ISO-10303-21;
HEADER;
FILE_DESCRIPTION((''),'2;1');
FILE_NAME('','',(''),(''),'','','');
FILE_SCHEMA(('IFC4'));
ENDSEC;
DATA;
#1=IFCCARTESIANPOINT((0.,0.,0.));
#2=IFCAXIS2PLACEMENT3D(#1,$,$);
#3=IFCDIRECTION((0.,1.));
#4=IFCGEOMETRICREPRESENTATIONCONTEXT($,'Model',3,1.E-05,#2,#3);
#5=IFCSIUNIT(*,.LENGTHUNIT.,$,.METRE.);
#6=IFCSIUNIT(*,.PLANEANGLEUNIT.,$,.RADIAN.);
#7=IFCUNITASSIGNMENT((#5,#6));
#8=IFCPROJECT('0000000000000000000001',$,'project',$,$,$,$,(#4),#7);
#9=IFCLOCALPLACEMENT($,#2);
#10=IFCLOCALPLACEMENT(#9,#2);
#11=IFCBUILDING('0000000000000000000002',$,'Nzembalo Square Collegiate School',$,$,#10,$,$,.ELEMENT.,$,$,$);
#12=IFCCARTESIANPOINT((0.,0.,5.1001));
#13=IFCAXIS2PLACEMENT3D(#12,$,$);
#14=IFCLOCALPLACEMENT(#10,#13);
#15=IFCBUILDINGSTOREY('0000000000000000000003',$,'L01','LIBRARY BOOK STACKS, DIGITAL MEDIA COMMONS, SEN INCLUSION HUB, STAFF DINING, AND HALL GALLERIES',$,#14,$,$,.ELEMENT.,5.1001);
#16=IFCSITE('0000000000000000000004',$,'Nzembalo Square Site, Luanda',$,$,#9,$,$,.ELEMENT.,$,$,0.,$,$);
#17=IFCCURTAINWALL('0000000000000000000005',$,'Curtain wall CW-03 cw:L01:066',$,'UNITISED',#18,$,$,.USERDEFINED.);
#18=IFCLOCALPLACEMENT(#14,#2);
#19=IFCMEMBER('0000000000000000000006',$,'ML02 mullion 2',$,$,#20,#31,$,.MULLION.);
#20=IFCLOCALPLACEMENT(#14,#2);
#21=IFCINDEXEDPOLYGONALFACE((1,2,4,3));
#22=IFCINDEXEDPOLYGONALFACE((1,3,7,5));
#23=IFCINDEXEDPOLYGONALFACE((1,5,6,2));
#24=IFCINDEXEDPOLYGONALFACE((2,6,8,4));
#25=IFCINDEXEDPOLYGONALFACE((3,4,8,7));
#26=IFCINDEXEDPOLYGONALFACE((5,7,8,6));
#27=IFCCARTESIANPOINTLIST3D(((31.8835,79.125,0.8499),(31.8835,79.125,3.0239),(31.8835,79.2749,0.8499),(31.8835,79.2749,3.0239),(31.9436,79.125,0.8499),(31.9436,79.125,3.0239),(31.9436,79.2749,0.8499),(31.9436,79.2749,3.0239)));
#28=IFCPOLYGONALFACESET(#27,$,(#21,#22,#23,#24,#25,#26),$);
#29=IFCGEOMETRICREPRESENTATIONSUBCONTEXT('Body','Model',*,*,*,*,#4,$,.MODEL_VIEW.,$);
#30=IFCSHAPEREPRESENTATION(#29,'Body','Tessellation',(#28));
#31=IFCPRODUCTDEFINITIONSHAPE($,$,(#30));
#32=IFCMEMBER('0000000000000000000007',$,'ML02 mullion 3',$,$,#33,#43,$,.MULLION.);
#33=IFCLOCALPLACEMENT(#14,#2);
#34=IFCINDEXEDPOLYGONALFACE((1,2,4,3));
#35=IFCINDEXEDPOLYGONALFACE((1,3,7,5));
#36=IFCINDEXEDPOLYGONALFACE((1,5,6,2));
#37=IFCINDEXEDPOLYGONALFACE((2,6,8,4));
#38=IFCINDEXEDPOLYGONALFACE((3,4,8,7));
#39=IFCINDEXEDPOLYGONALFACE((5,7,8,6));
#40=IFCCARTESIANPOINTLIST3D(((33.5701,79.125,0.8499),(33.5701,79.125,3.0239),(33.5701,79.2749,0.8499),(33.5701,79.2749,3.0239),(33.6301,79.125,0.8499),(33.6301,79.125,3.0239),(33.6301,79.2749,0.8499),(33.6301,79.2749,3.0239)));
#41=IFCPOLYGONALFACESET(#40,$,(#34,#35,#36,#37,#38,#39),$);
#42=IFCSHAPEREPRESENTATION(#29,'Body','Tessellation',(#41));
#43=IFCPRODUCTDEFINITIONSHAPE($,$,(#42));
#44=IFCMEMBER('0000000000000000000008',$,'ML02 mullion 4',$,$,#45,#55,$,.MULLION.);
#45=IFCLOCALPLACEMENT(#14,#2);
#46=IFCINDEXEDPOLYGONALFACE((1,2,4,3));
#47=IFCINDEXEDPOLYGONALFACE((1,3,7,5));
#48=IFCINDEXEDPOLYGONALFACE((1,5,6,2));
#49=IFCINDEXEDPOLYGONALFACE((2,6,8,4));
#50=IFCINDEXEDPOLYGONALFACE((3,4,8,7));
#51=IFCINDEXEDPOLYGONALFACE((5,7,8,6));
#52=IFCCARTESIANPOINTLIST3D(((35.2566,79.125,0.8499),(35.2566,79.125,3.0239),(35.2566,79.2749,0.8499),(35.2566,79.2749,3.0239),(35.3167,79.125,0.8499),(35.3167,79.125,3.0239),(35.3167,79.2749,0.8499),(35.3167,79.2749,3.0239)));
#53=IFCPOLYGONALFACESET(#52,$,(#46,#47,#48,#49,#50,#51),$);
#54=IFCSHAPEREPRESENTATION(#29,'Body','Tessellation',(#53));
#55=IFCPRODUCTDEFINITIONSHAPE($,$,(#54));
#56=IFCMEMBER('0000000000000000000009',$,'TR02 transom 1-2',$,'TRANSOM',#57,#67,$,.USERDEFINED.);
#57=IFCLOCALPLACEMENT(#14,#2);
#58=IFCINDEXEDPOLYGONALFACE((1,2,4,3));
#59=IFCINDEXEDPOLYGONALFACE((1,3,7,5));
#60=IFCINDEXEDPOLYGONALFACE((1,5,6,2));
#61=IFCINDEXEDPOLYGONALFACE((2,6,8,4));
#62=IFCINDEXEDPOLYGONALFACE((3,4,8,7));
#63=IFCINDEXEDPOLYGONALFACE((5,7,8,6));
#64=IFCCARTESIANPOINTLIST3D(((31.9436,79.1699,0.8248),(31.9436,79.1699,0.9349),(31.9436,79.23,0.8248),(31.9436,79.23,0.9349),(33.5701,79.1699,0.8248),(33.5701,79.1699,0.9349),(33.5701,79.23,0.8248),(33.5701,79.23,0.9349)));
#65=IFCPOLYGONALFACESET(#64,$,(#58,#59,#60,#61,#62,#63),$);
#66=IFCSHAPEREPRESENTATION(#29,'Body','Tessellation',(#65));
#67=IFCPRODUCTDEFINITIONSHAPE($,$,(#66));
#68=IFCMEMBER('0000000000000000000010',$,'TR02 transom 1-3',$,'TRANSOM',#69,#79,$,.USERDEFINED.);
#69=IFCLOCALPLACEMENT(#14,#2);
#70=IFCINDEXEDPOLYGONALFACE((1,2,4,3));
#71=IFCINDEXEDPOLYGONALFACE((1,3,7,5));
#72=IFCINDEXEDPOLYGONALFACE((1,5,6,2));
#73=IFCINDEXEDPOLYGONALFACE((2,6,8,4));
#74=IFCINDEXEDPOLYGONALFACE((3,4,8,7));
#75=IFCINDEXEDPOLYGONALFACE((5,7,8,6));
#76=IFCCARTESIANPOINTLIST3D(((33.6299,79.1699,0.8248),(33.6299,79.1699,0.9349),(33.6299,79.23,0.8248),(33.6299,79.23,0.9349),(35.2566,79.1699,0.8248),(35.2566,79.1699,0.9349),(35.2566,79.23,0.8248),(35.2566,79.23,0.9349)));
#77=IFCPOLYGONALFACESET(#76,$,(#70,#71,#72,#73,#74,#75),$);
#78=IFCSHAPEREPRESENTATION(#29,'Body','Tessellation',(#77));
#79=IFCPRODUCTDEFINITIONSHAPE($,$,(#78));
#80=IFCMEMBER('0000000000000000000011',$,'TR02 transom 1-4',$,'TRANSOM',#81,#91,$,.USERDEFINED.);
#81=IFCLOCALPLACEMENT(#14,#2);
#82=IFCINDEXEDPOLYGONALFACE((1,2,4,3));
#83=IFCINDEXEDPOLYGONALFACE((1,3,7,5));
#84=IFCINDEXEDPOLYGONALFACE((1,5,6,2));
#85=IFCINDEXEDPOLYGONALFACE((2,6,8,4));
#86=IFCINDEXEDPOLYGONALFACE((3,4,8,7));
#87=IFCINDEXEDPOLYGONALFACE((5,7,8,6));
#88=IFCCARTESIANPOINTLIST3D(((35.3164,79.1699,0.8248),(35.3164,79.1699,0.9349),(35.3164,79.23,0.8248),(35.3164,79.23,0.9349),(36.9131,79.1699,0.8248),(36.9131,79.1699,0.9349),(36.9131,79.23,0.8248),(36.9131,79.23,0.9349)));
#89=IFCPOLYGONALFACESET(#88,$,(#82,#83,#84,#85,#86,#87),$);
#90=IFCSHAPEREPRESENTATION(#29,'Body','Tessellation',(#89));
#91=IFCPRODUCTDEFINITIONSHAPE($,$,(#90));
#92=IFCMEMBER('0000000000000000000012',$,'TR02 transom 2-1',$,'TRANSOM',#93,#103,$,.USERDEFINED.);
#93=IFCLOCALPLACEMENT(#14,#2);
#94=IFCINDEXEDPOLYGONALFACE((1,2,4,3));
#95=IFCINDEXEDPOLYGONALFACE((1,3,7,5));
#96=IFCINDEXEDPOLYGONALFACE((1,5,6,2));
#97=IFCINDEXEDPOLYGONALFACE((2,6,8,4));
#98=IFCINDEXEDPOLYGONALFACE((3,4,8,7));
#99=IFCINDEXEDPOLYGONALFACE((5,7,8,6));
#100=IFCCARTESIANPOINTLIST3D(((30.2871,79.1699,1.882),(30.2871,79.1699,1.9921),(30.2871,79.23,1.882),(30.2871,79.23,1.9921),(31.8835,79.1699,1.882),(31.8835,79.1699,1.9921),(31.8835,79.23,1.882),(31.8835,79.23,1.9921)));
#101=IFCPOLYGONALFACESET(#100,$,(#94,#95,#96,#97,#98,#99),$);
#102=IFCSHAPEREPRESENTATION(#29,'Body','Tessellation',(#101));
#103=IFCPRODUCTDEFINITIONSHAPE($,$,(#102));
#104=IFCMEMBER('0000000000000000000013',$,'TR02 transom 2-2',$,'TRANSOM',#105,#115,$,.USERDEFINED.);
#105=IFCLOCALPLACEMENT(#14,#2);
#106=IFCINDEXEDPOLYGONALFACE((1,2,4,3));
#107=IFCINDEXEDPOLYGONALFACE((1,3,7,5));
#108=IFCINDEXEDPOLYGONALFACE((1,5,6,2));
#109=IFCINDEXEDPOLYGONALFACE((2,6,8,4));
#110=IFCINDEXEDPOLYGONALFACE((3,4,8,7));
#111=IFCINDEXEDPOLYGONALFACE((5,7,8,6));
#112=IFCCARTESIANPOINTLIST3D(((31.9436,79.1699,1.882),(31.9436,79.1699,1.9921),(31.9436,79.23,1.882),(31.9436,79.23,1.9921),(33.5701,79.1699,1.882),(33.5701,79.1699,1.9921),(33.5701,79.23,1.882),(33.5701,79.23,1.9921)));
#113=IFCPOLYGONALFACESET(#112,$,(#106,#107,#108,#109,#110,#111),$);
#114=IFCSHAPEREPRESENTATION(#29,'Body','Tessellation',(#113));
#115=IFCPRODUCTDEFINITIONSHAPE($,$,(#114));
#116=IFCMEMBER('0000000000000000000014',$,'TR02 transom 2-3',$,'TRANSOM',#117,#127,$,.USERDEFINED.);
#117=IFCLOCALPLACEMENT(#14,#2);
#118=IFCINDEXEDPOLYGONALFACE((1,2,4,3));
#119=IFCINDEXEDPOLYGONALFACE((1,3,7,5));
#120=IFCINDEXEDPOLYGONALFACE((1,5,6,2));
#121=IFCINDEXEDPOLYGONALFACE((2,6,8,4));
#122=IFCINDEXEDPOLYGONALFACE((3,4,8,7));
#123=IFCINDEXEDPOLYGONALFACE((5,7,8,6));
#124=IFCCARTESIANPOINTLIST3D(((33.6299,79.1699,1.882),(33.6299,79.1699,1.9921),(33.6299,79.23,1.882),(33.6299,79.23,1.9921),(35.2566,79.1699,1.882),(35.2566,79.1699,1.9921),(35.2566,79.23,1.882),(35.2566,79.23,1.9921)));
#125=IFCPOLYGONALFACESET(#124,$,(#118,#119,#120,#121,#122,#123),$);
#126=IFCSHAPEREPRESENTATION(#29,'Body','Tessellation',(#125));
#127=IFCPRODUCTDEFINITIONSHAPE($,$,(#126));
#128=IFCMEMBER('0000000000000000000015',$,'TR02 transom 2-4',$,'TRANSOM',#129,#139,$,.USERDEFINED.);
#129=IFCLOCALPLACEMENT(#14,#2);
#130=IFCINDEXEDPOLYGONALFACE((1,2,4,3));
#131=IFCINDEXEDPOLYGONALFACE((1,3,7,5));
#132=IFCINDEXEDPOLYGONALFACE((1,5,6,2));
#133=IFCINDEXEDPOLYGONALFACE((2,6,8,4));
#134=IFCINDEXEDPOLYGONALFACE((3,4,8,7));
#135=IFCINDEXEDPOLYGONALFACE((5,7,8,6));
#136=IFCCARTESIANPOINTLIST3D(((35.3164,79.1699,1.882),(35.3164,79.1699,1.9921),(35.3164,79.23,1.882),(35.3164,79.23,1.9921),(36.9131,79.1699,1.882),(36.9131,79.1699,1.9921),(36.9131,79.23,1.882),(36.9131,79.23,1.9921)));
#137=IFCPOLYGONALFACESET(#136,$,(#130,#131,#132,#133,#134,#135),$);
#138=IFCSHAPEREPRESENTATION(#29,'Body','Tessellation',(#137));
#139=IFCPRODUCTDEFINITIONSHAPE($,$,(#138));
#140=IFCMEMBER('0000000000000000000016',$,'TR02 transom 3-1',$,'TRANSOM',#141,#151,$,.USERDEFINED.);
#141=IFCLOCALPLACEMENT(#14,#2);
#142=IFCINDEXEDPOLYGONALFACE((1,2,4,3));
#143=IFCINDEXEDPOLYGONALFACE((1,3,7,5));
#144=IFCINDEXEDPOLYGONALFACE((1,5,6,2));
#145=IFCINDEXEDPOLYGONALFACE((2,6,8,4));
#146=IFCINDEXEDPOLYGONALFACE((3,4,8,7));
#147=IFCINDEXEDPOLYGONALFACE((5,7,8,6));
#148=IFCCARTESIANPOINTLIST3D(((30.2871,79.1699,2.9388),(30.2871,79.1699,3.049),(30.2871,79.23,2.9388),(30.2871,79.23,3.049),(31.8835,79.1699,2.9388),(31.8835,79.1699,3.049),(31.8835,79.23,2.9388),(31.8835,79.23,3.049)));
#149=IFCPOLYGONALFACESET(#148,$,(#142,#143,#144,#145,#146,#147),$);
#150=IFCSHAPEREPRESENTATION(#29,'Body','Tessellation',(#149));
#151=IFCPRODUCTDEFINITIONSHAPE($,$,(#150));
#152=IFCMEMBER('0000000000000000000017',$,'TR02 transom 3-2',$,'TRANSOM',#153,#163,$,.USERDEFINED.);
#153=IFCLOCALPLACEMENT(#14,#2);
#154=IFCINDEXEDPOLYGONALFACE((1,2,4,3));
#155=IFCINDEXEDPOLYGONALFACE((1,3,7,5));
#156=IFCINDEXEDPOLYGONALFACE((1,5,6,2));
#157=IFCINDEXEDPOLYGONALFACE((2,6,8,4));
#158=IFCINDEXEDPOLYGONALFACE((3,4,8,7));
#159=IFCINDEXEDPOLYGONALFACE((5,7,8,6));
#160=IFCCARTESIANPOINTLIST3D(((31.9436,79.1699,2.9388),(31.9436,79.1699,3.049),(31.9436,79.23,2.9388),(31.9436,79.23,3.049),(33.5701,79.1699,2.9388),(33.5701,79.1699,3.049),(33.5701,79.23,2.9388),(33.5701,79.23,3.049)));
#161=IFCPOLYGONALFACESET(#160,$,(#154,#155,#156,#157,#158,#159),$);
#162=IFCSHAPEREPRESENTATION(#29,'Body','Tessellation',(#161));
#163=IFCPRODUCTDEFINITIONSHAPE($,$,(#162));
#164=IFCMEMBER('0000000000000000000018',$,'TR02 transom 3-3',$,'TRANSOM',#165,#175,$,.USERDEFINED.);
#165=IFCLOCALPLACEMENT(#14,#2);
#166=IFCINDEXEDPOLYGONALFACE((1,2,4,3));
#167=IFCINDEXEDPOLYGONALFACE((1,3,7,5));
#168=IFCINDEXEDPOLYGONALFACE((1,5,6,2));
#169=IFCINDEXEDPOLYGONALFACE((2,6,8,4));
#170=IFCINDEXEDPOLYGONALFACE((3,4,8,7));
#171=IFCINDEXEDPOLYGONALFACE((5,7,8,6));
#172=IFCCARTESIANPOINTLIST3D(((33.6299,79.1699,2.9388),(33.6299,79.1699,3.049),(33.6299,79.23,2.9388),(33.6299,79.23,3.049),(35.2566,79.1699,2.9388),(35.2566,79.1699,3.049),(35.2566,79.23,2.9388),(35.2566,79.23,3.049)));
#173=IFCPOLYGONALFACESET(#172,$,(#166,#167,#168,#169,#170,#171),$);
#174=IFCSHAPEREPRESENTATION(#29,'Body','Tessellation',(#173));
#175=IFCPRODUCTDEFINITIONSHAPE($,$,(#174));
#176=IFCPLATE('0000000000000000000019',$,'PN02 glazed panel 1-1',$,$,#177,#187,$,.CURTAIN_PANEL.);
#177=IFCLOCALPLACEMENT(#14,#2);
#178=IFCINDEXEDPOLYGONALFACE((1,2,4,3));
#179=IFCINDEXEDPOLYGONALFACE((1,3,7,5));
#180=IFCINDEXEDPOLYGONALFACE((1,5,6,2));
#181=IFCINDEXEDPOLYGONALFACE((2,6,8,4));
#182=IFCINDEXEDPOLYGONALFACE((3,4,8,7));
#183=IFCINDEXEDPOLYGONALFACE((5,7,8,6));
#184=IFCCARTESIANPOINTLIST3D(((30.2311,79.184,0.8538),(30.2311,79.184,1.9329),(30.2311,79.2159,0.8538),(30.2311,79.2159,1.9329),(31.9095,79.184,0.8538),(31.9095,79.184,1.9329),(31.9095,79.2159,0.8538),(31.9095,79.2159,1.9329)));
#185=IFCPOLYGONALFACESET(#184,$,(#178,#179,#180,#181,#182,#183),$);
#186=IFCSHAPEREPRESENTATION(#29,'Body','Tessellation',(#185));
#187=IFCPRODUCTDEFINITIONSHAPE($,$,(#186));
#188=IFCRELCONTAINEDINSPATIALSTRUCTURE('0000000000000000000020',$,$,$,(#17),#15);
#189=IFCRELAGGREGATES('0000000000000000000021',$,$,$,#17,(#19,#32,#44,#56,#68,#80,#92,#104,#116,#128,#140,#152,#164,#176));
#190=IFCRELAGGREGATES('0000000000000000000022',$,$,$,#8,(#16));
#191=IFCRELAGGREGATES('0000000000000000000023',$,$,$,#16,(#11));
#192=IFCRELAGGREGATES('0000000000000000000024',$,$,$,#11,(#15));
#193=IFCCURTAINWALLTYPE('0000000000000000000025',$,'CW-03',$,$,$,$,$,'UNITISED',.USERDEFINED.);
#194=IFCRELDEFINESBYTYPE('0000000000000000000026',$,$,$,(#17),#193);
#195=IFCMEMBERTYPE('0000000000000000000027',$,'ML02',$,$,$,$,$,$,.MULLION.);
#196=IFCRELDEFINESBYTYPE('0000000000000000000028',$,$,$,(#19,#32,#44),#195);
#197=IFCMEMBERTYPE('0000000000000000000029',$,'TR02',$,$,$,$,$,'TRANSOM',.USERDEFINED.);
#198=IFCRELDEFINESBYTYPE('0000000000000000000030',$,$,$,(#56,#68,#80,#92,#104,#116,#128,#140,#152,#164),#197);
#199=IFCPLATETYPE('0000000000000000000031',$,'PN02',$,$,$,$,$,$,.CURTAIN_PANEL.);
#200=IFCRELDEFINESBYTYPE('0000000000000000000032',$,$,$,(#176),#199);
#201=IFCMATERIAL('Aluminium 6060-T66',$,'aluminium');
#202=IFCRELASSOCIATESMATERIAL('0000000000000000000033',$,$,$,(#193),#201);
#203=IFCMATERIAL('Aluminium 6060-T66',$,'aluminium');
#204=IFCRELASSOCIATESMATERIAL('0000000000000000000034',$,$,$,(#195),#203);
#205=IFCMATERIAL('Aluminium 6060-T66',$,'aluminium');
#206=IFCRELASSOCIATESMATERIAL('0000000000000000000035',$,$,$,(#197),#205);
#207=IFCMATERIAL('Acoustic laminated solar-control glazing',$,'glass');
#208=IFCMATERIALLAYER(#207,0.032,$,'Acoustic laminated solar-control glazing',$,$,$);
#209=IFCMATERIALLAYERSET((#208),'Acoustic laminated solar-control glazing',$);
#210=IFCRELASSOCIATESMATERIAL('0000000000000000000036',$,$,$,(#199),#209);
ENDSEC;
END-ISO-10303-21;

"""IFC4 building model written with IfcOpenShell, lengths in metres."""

from ifc_helpers import new_model, si_unit, direction, frame, origin, origin_2d, place, context, subcontext, project, spatial, rectangle, extrude, material, layer, layer_set, material_profile, profile_set, type_object, element, aggregate, save


model = new_model("IFC4")

# Units and contexts
model_context = context("Model", 3, precision=1e-05, world=origin(), true_north=direction((0.0, 1.0)))
body_context = subcontext(model_context, "Body", "Model", "MODEL_VIEW")
ifc_project = project(units=[si_unit("LENGTHUNIT", "METRE"), si_unit("PLANEANGLEUNIT", "RADIAN")], contexts=[model_context])

# Site, building, storey
site_placement = place(None, origin())
site = spatial("IfcSite", under=ifc_project, at=site_placement, Name="Nzembalo Square Site, Luanda", CompositionType="ELEMENT", RefElevation=0.0)
building_placement = place(site_placement, origin())
building = spatial("IfcBuilding", under=site, at=building_placement, Name="Nzembalo Square Collegiate School", CompositionType="ELEMENT")
storey_placement = place(building_placement, frame((0.0, 0.0, 5.1001)))
storey = spatial("IfcBuildingStorey", under=building, at=storey_placement, Name="L01", Description="LIBRARY BOOK STACKS, DIGITAL MEDIA COMMONS, SEN INCLUSION HUB, STAFF DINING, AND HALL GALLERIES", CompositionType="ELEMENT", Elevation=5.1001)

# Curtain wall, members, plate
ifc_material_1 = material(Name="Aluminium 6060-T66", Category="aluminium")
curtain_wall_type = type_object("IfcCurtainWallType", Name="CW-03", ElementType="UNITISED", PredefinedType="USERDEFINED", material=ifc_material_1)
curtain_wall_placement = place(storey_placement, origin())
curtain_wall = element("IfcCurtainWall", 1, at=curtain_wall_placement, inside=storey, type_object=curtain_wall_type, Name="Curtain wall CW-03 cw:L01:066", ObjectType="UNITISED", PredefinedType="USERDEFINED")
ifc_material_2 = material(Name="Aluminium 6060-T66", Category="aluminium")
ifc_material_profile_1 = material_profile(ifc_material_2, rectangle(XDim=0.0601, YDim=0.1499, at=origin_2d()), Name="ALU M60x150")
ifc_profile_set_1 = profile_set([ifc_material_profile_1], Name="Aluminium 6060-T66")
member_type_1 = type_object("IfcMemberType", Name="ML02", PredefinedType="MULLION", material=ifc_profile_set_1)
member_1_placement = place(storey_placement, frame((31.9136, 79.2, 0.8499), z_axis=(0.0, 0.0, 1.0), x_axis=(1.0, 0.0, 0.0)))
member_1 = element("IfcMember", 2, at=member_1_placement, type_object=member_type_1, Name="ML02 mullion 2", PredefinedType="MULLION", context=body_context, shape_type="SweptSolid", body=[
    extrude(rectangle(XDim=0.0601, YDim=0.1499, at=origin_2d()), origin(), (0.0, 0.0, 1.0), 2.1741),
])
member_2_placement = place(storey_placement, frame((33.6001, 79.2, 0.8499), z_axis=(0.0, 0.0, 1.0), x_axis=(1.0, 0.0, 0.0)))
member_2 = element("IfcMember", 3, at=member_2_placement, type_object=member_type_1, Name="ML02 mullion 3", PredefinedType="MULLION", context=body_context, shape_type="SweptSolid", body=[
    extrude(rectangle(XDim=0.0601, YDim=0.1499, at=origin_2d()), origin(), (0.0, 0.0, 1.0), 2.1741),
])
member_3_placement = place(storey_placement, frame((35.2866, 79.2, 0.8499), z_axis=(0.0, 0.0, 1.0), x_axis=(1.0, 0.0, 0.0)))
member_3 = element("IfcMember", 4, at=member_3_placement, type_object=member_type_1, Name="ML02 mullion 4", PredefinedType="MULLION", context=body_context, shape_type="SweptSolid", body=[
    extrude(rectangle(XDim=0.0601, YDim=0.1499, at=origin_2d()), origin(), (0.0, 0.0, 1.0), 2.1741),
])
ifc_material_3 = material(Name="Aluminium 6060-T66", Category="aluminium")
ifc_material_profile_2 = material_profile(ifc_material_3, rectangle(XDim=0.0601, YDim=0.1101, at=origin_2d()), Name="ALU T60x110")
ifc_profile_set_2 = profile_set([ifc_material_profile_2], Name="Aluminium 6060-T66")
member_type_2 = type_object("IfcMemberType", Name="TR02", ElementType="TRANSOM", PredefinedType="USERDEFINED", material=ifc_profile_set_2)
member_4_placement = place(storey_placement, frame((31.9436, 79.2, 0.8799), z_axis=(1.0, 0.0, 0.0), x_axis=(0.0, 1.0, 0.0)))
member_4 = element("IfcMember", 5, at=member_4_placement, type_object=member_type_2, Name="TR02 transom 1-2", ObjectType="TRANSOM", PredefinedType="USERDEFINED", context=body_context, shape_type="SweptSolid", body=[
    extrude(rectangle(XDim=0.0601, YDim=0.1101, at=origin_2d()), origin(), (0.0, 0.0, 1.0), 1.6265),
])
member_5_placement = place(storey_placement, frame((33.6299, 79.2, 0.8799), z_axis=(1.0, 0.0, 0.0), x_axis=(0.0, 1.0, 0.0)))
member_5 = element("IfcMember", 6, at=member_5_placement, type_object=member_type_2, Name="TR02 transom 1-3", ObjectType="TRANSOM", PredefinedType="USERDEFINED", context=body_context, shape_type="SweptSolid", body=[
    extrude(rectangle(XDim=0.0601, YDim=0.1101, at=origin_2d()), origin(), (0.0, 0.0, 1.0), 1.6267),
])
member_6_placement = place(storey_placement, frame((35.3164, 79.2, 0.8799), z_axis=(1.0, 0.0, 0.0), x_axis=(0.0, 1.0, 0.0)))
member_6 = element("IfcMember", 7, at=member_6_placement, type_object=member_type_2, Name="TR02 transom 1-4", ObjectType="TRANSOM", PredefinedType="USERDEFINED", context=body_context, shape_type="SweptSolid", body=[
    extrude(rectangle(XDim=0.0601, YDim=0.1101, at=origin_2d()), origin(), (0.0, 0.0, 1.0), 1.5967),
])
member_7_placement = place(storey_placement, frame((30.2871, 79.2, 1.937), z_axis=(1.0, 0.0, 0.0), x_axis=(0.0, 1.0, 0.0)))
member_7 = element("IfcMember", 8, at=member_7_placement, type_object=member_type_2, Name="TR02 transom 2-1", ObjectType="TRANSOM", PredefinedType="USERDEFINED", context=body_context, shape_type="SweptSolid", body=[
    extrude(rectangle(XDim=0.0601, YDim=0.1101, at=origin_2d()), origin(), (0.0, 0.0, 1.0), 1.5964),
])
member_8_placement = place(storey_placement, frame((31.9436, 79.2, 1.937), z_axis=(1.0, 0.0, 0.0), x_axis=(0.0, 1.0, 0.0)))
member_8 = element("IfcMember", 9, at=member_8_placement, type_object=member_type_2, Name="TR02 transom 2-2", ObjectType="TRANSOM", PredefinedType="USERDEFINED", context=body_context, shape_type="SweptSolid", body=[
    extrude(rectangle(XDim=0.0601, YDim=0.1101, at=origin_2d()), origin(), (0.0, 0.0, 1.0), 1.6265),
])
member_9_placement = place(storey_placement, frame((33.6299, 79.2, 1.937), z_axis=(1.0, 0.0, 0.0), x_axis=(0.0, 1.0, 0.0)))
member_9 = element("IfcMember", 10, at=member_9_placement, type_object=member_type_2, Name="TR02 transom 2-3", ObjectType="TRANSOM", PredefinedType="USERDEFINED", context=body_context, shape_type="SweptSolid", body=[
    extrude(rectangle(XDim=0.0601, YDim=0.1101, at=origin_2d()), origin(), (0.0, 0.0, 1.0), 1.6267),
])
member_10_placement = place(storey_placement, frame((35.3164, 79.2, 1.937), z_axis=(1.0, 0.0, 0.0), x_axis=(0.0, 1.0, 0.0)))
member_10 = element("IfcMember", 11, at=member_10_placement, type_object=member_type_2, Name="TR02 transom 2-4", ObjectType="TRANSOM", PredefinedType="USERDEFINED", context=body_context, shape_type="SweptSolid", body=[
    extrude(rectangle(XDim=0.0601, YDim=0.1101, at=origin_2d()), origin(), (0.0, 0.0, 1.0), 1.5967),
])
member_11_placement = place(storey_placement, frame((30.2871, 79.2, 2.9939), z_axis=(1.0, 0.0, 0.0), x_axis=(0.0, 1.0, 0.0)))
member_11 = element("IfcMember", 12, at=member_11_placement, type_object=member_type_2, Name="TR02 transom 3-1", ObjectType="TRANSOM", PredefinedType="USERDEFINED", context=body_context, shape_type="SweptSolid", body=[
    extrude(rectangle(XDim=0.0601, YDim=0.1101, at=origin_2d()), origin(), (0.0, 0.0, 1.0), 1.5964),
])
member_12_placement = place(storey_placement, frame((31.9436, 79.2, 2.9939), z_axis=(1.0, 0.0, 0.0), x_axis=(0.0, 1.0, 0.0)))
member_12 = element("IfcMember", 13, at=member_12_placement, type_object=member_type_2, Name="TR02 transom 3-2", ObjectType="TRANSOM", PredefinedType="USERDEFINED", context=body_context, shape_type="SweptSolid", body=[
    extrude(rectangle(XDim=0.0601, YDim=0.1101, at=origin_2d()), origin(), (0.0, 0.0, 1.0), 1.6265),
])
member_13_placement = place(storey_placement, frame((33.6299, 79.2, 2.9939), z_axis=(1.0, 0.0, 0.0), x_axis=(0.0, 1.0, 0.0)))
member_13 = element("IfcMember", 14, at=member_13_placement, type_object=member_type_2, Name="TR02 transom 3-3", ObjectType="TRANSOM", PredefinedType="USERDEFINED", context=body_context, shape_type="SweptSolid", body=[
    extrude(rectangle(XDim=0.0601, YDim=0.1101, at=origin_2d()), origin(), (0.0, 0.0, 1.0), 1.6267),
])
ifc_material_4 = material(Name="Acoustic laminated solar-control glazing", Category="glass")
ifc_layer_1 = layer(ifc_material_4, 0.032, Name="Acoustic laminated solar-control glazing")
ifc_layer_set_1 = layer_set([ifc_layer_1], Name="Acoustic laminated solar-control glazing")
plate_type = type_object("IfcPlateType", Name="PN02", PredefinedType="CURTAIN_PANEL", material=ifc_layer_set_1)
plate_1_placement = place(storey_placement, frame((31.0703, 79.2, 0.8538), z_axis=(0.0, 0.0, 1.0), x_axis=(1.0, 0.0, 0.0)))
plate_1 = element("IfcPlate", 15, at=plate_1_placement, type_object=plate_type, Name="PN02 glazed panel 1-1", PredefinedType="CURTAIN_PANEL", context=body_context, shape_type="SweptSolid", body=[
    extrude(rectangle(XDim=1.6785, YDim=0.032, at=origin_2d()), origin(), (0.0, 0.0, 1.0), 1.0791),
])
aggregate(curtain_wall, [member_1, member_2, member_3, member_4, member_5, member_6, member_7, member_8, member_9, member_10, member_11, member_12, member_13, plate_1])

save(model, "model.ifc")
